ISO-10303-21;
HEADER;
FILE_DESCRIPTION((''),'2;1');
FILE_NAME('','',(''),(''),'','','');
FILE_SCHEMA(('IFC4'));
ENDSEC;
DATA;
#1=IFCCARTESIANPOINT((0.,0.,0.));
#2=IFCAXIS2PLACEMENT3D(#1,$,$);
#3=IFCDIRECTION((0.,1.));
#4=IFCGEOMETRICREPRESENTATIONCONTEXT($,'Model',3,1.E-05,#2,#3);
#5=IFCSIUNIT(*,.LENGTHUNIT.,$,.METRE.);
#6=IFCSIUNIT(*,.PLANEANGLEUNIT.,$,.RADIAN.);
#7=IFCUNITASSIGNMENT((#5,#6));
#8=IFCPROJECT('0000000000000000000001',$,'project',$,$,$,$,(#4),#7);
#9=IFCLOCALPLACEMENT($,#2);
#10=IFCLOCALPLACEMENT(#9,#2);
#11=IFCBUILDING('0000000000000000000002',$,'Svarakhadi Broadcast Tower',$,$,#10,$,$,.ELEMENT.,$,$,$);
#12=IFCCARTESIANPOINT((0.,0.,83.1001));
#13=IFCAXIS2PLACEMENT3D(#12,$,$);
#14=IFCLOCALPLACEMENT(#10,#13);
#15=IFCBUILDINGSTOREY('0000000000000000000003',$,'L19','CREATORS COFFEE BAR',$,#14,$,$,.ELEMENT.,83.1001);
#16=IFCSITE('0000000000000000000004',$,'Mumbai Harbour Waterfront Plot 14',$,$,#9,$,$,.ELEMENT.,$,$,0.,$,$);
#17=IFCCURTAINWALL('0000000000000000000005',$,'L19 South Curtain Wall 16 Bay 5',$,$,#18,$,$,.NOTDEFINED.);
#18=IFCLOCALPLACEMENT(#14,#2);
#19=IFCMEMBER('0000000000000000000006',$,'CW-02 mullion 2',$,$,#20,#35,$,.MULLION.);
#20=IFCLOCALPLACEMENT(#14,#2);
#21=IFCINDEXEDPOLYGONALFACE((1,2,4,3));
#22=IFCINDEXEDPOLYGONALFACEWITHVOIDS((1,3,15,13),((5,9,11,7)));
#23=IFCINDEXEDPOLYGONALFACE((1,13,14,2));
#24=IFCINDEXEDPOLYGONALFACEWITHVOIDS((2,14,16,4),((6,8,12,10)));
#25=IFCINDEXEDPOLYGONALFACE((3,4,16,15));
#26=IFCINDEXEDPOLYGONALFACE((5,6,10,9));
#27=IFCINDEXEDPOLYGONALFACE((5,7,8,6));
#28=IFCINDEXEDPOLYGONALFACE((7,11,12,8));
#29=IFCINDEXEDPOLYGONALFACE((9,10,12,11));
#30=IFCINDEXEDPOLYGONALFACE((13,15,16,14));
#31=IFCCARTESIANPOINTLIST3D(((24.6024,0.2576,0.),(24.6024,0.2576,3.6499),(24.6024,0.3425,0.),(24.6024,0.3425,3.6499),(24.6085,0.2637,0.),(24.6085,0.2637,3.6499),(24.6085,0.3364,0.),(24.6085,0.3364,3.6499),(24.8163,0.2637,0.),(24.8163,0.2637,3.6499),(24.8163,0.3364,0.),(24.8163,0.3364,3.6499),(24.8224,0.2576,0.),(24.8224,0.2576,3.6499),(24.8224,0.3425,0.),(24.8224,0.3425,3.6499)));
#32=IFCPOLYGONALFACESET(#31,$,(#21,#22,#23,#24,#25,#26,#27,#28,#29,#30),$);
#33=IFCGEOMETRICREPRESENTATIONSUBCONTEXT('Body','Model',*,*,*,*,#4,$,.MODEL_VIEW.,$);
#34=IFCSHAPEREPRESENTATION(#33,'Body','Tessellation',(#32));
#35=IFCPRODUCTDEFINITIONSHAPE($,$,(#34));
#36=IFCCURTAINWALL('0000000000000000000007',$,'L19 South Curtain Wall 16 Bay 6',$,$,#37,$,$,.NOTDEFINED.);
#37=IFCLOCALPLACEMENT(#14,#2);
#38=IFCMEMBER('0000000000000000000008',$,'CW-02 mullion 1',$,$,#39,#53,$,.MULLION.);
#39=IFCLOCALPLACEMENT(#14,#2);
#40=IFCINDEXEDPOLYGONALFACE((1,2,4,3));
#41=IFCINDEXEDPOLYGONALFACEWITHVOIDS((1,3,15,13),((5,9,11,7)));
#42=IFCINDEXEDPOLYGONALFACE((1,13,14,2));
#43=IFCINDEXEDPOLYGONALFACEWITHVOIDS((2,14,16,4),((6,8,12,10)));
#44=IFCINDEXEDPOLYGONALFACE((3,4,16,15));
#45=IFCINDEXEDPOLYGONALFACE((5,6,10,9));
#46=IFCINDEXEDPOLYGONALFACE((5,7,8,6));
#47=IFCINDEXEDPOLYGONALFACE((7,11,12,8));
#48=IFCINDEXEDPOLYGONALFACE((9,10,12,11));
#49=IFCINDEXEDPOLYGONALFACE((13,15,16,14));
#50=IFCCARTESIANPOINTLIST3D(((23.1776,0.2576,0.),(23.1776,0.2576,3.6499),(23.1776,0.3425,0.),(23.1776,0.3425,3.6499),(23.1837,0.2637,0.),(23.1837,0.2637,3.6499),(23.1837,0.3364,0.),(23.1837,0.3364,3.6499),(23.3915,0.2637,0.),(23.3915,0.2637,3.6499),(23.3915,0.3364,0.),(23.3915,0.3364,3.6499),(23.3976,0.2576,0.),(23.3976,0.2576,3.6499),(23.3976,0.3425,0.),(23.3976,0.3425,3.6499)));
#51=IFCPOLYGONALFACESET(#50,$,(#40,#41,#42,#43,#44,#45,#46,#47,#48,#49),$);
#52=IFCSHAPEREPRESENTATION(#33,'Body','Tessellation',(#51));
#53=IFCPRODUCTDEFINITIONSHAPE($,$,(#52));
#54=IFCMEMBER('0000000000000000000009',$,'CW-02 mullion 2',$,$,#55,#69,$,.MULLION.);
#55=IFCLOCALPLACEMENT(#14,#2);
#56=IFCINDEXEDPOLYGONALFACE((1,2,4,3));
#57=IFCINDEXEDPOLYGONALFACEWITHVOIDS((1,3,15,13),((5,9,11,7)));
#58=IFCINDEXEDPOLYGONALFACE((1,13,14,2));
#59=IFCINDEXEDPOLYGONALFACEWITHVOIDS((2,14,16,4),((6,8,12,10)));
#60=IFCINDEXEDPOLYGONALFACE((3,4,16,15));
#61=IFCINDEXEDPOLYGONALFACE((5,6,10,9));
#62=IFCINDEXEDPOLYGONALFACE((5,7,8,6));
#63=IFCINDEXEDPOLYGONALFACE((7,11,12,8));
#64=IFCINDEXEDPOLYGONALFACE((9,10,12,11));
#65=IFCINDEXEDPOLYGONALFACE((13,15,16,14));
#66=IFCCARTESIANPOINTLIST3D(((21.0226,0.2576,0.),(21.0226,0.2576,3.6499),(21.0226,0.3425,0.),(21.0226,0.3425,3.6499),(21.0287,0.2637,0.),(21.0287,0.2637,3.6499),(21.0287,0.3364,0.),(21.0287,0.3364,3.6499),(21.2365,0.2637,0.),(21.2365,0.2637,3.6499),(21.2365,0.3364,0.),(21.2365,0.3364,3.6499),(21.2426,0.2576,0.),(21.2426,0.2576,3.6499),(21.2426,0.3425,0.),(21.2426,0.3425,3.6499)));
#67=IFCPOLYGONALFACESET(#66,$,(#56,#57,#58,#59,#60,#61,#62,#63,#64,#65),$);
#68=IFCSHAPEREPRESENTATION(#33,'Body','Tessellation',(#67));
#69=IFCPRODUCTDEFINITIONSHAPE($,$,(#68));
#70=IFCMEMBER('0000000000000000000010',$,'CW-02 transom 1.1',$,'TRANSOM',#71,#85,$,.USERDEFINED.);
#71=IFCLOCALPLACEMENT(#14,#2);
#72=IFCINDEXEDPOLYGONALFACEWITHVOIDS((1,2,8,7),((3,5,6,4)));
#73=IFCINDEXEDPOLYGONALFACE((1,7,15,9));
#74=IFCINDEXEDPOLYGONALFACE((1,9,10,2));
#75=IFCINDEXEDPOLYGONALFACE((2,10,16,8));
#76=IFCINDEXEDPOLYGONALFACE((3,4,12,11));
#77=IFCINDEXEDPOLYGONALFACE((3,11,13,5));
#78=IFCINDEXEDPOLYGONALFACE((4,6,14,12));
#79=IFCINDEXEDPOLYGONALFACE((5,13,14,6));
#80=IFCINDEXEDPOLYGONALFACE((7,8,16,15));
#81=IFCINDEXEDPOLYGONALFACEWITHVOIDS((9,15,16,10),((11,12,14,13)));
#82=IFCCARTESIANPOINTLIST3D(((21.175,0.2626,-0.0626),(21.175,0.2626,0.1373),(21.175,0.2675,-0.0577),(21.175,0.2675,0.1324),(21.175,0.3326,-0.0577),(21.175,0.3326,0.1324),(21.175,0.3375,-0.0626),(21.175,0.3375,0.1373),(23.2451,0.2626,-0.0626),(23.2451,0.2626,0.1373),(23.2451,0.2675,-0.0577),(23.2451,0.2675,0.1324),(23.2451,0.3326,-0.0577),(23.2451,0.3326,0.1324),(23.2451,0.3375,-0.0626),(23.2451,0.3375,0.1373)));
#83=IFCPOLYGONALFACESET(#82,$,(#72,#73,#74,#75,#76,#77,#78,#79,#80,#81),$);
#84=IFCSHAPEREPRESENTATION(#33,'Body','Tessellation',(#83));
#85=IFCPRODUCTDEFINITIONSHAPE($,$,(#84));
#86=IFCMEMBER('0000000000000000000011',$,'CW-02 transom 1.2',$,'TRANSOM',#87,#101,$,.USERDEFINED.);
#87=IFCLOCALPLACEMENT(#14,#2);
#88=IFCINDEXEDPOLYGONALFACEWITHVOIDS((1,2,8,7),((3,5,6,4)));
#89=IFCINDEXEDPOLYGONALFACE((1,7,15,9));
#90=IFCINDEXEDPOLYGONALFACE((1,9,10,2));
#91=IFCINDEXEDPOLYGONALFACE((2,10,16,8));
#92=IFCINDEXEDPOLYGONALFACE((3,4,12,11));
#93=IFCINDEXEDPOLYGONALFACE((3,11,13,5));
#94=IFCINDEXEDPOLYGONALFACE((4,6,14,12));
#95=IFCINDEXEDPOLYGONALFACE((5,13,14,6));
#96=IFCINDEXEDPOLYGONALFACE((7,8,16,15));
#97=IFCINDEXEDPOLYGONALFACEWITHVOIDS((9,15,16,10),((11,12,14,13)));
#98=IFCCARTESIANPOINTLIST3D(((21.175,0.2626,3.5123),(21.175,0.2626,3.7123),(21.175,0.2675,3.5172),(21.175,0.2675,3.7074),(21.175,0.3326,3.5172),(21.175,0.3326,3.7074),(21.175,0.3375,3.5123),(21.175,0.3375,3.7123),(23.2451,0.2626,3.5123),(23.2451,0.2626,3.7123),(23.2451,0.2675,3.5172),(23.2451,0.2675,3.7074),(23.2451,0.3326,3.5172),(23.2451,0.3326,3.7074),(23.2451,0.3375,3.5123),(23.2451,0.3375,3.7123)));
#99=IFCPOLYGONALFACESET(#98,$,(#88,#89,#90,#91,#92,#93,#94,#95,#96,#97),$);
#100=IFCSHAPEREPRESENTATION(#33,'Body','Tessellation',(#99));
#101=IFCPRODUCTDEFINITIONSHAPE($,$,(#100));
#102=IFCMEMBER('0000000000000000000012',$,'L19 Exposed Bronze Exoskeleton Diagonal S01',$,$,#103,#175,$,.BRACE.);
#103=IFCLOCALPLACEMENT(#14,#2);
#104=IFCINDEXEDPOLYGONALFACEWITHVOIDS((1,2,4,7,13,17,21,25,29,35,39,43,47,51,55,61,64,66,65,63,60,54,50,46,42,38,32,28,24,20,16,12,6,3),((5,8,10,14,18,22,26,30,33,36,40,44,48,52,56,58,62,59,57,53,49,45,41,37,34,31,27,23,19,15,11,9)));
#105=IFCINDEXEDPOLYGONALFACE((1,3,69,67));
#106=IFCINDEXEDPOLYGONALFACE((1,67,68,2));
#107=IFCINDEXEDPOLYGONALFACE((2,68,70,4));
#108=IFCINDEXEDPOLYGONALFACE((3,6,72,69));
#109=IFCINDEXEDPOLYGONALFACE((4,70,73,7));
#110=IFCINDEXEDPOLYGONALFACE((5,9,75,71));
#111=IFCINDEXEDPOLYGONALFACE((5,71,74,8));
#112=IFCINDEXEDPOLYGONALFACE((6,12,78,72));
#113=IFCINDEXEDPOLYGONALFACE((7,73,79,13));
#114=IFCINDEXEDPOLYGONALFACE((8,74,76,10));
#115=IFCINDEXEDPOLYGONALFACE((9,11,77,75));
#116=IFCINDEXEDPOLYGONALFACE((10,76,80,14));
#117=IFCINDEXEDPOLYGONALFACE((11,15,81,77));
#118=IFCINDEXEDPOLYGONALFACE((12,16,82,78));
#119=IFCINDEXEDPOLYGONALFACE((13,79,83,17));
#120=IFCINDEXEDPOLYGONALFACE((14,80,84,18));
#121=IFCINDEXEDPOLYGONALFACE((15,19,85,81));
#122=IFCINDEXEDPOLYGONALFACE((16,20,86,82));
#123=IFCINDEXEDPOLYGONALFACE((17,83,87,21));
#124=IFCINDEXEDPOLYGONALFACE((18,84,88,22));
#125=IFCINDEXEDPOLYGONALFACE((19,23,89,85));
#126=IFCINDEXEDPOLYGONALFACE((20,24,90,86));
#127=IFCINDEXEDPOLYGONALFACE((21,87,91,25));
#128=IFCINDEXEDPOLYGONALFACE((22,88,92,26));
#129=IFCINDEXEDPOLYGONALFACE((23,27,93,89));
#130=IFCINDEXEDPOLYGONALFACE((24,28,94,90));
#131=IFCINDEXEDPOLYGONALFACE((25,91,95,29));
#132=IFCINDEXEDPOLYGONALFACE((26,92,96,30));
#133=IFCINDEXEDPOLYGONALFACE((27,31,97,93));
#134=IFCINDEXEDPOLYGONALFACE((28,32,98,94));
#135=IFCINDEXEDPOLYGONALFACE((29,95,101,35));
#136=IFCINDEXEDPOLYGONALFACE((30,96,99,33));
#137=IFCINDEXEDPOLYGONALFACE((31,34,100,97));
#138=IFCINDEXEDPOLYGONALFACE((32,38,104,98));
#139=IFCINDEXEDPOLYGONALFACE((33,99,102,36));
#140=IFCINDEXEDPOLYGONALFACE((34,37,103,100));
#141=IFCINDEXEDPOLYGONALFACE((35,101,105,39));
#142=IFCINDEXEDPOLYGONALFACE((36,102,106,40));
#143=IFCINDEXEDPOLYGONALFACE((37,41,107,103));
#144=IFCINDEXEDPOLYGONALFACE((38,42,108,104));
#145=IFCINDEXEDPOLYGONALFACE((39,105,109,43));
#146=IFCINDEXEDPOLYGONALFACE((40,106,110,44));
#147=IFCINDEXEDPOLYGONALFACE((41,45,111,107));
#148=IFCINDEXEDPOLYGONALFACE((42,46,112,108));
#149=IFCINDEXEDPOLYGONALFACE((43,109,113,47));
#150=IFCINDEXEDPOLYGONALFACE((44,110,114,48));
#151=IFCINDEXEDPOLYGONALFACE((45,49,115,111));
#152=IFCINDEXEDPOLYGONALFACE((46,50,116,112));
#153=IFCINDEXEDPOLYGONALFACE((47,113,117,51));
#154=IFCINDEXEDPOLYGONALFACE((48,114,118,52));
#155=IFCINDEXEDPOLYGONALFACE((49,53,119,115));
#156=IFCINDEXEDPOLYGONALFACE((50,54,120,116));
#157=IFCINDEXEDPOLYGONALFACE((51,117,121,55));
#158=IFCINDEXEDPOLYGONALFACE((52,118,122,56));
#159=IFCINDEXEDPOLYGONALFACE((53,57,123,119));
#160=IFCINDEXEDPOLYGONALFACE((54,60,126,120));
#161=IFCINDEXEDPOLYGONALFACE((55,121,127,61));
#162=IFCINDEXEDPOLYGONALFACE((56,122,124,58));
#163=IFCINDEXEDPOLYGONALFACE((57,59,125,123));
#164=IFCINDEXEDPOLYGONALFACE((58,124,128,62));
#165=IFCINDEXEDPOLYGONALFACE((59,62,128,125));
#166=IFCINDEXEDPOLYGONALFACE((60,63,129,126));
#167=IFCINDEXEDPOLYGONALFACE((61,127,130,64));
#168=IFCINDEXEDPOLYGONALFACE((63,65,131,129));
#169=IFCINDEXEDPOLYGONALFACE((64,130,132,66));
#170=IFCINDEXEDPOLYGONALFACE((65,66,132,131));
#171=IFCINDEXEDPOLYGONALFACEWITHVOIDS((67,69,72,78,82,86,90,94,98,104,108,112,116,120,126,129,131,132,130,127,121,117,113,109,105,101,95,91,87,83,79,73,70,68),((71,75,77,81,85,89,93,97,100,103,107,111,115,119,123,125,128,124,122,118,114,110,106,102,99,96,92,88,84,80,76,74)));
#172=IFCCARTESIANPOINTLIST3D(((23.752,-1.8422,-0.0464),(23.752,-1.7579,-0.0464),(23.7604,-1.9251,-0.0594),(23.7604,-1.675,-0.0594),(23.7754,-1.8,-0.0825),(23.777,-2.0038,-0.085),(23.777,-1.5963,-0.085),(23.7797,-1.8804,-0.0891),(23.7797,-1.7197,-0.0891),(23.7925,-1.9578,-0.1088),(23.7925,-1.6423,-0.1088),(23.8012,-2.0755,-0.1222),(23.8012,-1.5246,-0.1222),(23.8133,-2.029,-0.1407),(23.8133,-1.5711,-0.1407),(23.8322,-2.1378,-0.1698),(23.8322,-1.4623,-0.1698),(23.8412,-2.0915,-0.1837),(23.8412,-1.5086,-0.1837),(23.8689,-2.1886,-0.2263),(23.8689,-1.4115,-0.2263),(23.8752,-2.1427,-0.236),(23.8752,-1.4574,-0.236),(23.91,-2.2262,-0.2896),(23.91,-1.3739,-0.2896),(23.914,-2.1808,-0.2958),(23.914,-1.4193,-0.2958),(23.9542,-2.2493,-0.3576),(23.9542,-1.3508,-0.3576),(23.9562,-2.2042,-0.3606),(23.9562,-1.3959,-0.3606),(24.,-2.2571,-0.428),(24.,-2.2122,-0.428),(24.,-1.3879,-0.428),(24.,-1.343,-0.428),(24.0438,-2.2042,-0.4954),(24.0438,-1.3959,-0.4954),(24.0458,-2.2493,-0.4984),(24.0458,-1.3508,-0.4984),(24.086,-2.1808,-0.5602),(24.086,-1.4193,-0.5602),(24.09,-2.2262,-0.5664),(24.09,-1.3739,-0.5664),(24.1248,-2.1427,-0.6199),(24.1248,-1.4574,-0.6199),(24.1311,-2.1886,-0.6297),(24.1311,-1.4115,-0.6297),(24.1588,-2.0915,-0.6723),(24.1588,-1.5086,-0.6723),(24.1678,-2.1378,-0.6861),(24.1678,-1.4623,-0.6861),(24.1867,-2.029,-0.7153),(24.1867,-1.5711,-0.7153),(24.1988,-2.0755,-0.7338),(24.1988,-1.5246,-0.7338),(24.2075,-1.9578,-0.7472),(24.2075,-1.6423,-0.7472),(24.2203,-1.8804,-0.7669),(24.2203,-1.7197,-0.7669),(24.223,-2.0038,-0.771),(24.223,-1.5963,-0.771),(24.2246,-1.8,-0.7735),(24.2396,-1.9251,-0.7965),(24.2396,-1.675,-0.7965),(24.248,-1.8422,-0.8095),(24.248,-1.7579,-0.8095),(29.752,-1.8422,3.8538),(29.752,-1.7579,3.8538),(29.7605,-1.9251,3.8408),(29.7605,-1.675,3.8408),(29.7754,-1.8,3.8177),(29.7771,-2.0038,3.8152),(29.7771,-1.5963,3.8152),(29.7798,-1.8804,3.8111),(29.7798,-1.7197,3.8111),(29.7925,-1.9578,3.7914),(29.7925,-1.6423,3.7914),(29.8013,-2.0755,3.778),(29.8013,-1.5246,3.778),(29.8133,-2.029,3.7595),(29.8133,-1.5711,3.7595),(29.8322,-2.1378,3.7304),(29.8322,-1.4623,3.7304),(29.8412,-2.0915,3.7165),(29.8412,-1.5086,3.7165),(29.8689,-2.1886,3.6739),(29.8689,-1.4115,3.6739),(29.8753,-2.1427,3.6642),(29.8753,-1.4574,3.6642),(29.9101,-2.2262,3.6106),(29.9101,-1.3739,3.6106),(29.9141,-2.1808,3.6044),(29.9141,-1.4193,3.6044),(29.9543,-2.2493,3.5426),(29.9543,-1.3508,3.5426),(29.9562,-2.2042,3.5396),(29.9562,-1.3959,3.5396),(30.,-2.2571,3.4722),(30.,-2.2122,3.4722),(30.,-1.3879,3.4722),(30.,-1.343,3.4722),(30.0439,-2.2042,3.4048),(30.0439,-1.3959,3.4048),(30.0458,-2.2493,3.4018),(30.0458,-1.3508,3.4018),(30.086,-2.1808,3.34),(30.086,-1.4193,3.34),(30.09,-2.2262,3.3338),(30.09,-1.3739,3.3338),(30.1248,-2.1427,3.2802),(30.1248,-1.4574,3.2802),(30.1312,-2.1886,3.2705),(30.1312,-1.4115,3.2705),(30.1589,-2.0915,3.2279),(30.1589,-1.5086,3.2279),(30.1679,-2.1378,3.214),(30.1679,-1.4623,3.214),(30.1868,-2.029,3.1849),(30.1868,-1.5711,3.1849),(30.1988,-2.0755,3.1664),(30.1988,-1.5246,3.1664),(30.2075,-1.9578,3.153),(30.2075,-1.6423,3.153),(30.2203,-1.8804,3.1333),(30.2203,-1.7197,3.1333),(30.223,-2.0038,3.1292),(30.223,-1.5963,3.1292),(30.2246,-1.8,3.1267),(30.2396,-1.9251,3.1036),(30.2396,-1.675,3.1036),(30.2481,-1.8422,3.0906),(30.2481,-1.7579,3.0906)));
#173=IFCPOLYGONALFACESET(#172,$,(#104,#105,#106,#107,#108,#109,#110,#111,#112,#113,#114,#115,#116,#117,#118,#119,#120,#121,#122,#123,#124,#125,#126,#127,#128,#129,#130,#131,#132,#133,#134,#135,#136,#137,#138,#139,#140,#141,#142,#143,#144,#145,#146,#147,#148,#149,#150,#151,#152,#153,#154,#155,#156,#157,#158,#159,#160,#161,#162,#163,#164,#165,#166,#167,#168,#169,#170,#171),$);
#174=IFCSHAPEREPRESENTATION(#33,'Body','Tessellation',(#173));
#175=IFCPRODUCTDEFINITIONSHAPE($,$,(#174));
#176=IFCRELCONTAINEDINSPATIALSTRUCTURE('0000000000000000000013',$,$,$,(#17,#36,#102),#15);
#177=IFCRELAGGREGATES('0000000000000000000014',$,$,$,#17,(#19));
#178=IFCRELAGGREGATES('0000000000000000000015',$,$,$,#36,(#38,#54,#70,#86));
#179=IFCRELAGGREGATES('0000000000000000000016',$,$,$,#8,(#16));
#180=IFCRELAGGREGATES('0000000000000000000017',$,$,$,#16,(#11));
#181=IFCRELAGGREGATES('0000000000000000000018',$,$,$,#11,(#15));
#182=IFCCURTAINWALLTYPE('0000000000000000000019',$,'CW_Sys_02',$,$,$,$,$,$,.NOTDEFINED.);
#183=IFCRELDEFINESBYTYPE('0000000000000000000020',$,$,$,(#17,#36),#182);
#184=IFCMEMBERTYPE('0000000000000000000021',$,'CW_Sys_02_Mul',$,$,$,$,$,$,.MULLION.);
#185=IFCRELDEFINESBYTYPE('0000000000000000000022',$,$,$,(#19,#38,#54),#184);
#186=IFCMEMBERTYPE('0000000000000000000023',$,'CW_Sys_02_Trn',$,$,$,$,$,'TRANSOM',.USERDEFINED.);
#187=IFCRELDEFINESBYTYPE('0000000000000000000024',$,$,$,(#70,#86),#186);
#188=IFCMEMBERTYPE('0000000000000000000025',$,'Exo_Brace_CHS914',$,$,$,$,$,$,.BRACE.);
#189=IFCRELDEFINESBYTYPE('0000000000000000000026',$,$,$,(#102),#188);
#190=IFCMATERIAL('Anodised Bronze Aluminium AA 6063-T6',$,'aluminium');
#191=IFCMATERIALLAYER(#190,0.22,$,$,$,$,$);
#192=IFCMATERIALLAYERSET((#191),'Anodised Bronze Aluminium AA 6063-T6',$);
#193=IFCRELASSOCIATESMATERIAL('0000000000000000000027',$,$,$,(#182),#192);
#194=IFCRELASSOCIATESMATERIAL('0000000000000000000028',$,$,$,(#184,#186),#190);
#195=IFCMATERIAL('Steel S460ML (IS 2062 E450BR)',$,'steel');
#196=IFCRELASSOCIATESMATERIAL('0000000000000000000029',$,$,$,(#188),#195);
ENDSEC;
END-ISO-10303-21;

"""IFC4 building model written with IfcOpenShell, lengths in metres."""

from ifc_helpers import new_model, si_unit, direction, frame, origin, origin_2d, place, context, subcontext, project, spatial, hollow_rectangle, hollow_circle, extrude, material, layer, layer_set, material_profile, profile_set, type_object, element, aggregate, save


model = new_model("IFC4")

# Units and contexts
model_context = context("Model", 3, precision=1e-05, world=origin(), true_north=direction((0.0, 1.0)))
body_context = subcontext(model_context, "Body", "Model", "MODEL_VIEW")
ifc_project = project(units=[si_unit("LENGTHUNIT", "METRE"), si_unit("PLANEANGLEUNIT", "RADIAN")], contexts=[model_context])

# Site, building, storey
site_placement = place(None, origin())
site = spatial("IfcSite", under=ifc_project, at=site_placement, Name="Mumbai Harbour Waterfront Plot 14", CompositionType="ELEMENT", RefElevation=0.0)
building_placement = place(site_placement, origin())
building = spatial("IfcBuilding", under=site, at=building_placement, Name="Svarakhadi Broadcast Tower", CompositionType="ELEMENT")
storey_placement = place(building_placement, frame((0.0, 0.0, 83.1001)))
storey = spatial("IfcBuildingStorey", under=building, at=storey_placement, Name="L19", Description="CREATORS COFFEE BAR", CompositionType="ELEMENT", Elevation=83.1001)

# Curtain wall, member
ifc_material_1 = material(Name="Anodised Bronze Aluminium AA 6063-T6", Category="aluminium")
ifc_layer_1 = layer(ifc_material_1, 0.22)
ifc_layer_set_1 = layer_set([ifc_layer_1], Name="Anodised Bronze Aluminium AA 6063-T6")
curtain_wall_type = type_object("IfcCurtainWallType", Name="CW_Sys_02", PredefinedType="NOTDEFINED", material=ifc_layer_set_1)
curtain_wall_1_placement = place(storey_placement, origin())
curtain_wall_1 = element("IfcCurtainWall", 1, at=curtain_wall_1_placement, inside=storey, type_object=curtain_wall_type, Name="L19 South Curtain Wall 16 Bay 5", PredefinedType="NOTDEFINED")
ifc_material_profile_1 = material_profile(ifc_material_1, hollow_rectangle(XDim=0.085, YDim=0.22, WallThickness=0.0061, at=origin_2d()), Name="ALU MULLION 220x85x6")
ifc_profile_set_1 = profile_set([ifc_material_profile_1], Name="Anodised Bronze Aluminium AA 6063-T6")
member_type_1 = type_object("IfcMemberType", Name="CW_Sys_02_Mul", PredefinedType="MULLION", material=ifc_profile_set_1)
member_1_placement = place(storey_placement, frame((24.7124, 0.3, 0.0), z_axis=(0.0, 0.0, 1.0), x_axis=(0.0, -1.0, 0.0)))
member_1 = element("IfcMember", 2, at=member_1_placement, type_object=member_type_1, Name="CW-02 mullion 2", PredefinedType="MULLION", context=body_context, shape_type="SweptSolid", body=[
    extrude(hollow_rectangle(XDim=0.085, YDim=0.22, WallThickness=0.0061, at=origin_2d()), origin(), (0.0, 0.0, 1.0), 3.6499),
])

# Curtain wall, members
curtain_wall_2_placement = place(storey_placement, origin())
curtain_wall_2 = element("IfcCurtainWall", 3, at=curtain_wall_2_placement, inside=storey, type_object=curtain_wall_type, Name="L19 South Curtain Wall 16 Bay 6", PredefinedType="NOTDEFINED")
member_2_placement = place(storey_placement, frame((23.2876, 0.3, 0.0), z_axis=(0.0, 0.0, 1.0), x_axis=(0.0, -1.0, 0.0)))
member_2 = element("IfcMember", 4, at=member_2_placement, type_object=member_type_1, Name="CW-02 mullion 1", PredefinedType="MULLION", context=body_context, shape_type="SweptSolid", body=[
    extrude(hollow_rectangle(XDim=0.085, YDim=0.22, WallThickness=0.0061, at=origin_2d()), origin(), (0.0, 0.0, 1.0), 3.6499),
])
member_3_placement = place(storey_placement, frame((21.1326, 0.3, 0.0), z_axis=(0.0, 0.0, 1.0), x_axis=(0.0, -1.0, 0.0)))
member_3 = element("IfcMember", 5, at=member_3_placement, type_object=member_type_1, Name="CW-02 mullion 2", PredefinedType="MULLION", context=body_context, shape_type="SweptSolid", body=[
    extrude(hollow_rectangle(XDim=0.085, YDim=0.22, WallThickness=0.0061, at=origin_2d()), origin(), (0.0, 0.0, 1.0), 3.6499),
])
ifc_material_profile_2 = material_profile(ifc_material_1, hollow_rectangle(XDim=0.075, YDim=0.2, WallThickness=0.0049, at=origin_2d()), Name="ALU TRANSOM 200x75x5")
ifc_profile_set_2 = profile_set([ifc_material_profile_2], Name="Anodised Bronze Aluminium AA 6063-T6")
member_type_2 = type_object("IfcMemberType", Name="CW_Sys_02_Trn", ElementType="TRANSOM", PredefinedType="USERDEFINED", material=ifc_profile_set_2)
member_4_placement = place(storey_placement, frame((23.2451, 0.3, 0.0374), z_axis=(-1.0, 0.0, 0.0), x_axis=(0.0, -1.0, 0.0)))
member_4 = element("IfcMember", 6, at=member_4_placement, type_object=member_type_2, Name="CW-02 transom 1.1", ObjectType="TRANSOM", PredefinedType="USERDEFINED", context=body_context, shape_type="SweptSolid", body=[
    extrude(hollow_rectangle(XDim=0.075, YDim=0.2, WallThickness=0.0049, at=origin_2d()), origin(), (0.0, 0.0, 1.0), 2.0701),
])
member_5_placement = place(storey_placement, frame((23.2451, 0.3, 3.6123), z_axis=(-1.0, 0.0, 0.0), x_axis=(0.0, -1.0, 0.0)))
member_5 = element("IfcMember", 7, at=member_5_placement, type_object=member_type_2, Name="CW-02 transom 1.2", ObjectType="TRANSOM", PredefinedType="USERDEFINED", context=body_context, shape_type="SweptSolid", body=[
    extrude(hollow_rectangle(XDim=0.075, YDim=0.2, WallThickness=0.0049, at=origin_2d()), origin(), (0.0, 0.0, 1.0), 2.0701),
])

# Member
ifc_material_2 = material(Name="Steel S460ML (IS 2062 E450BR)", Category="steel")
ifc_material_profile_3 = material_profile(ifc_material_2, hollow_circle(Radius=0.457, WallThickness=0.0449, at=origin_2d()), Name="CHS 914x45")
ifc_profile_set_3 = profile_set([ifc_material_profile_3], Name="Steel S460ML (IS 2062 E450BR)")
member_type_3 = type_object("IfcMemberType", Name="Exo_Brace_CHS914", PredefinedType="BRACE", material=ifc_profile_set_3)
member_6_placement = place(storey_placement, frame((24.0, -1.8, -0.428), z_axis=(0.838434, 0.0, 0.545003), x_axis=(0.0, 1.0, 0.0)))
element("IfcMember", 8, at=member_6_placement, inside=storey, type_object=member_type_3, Name="L19 Exposed Bronze Exoskeleton Diagonal S01", PredefinedType="BRACE", context=body_context, shape_type="SweptSolid", body=[
    extrude(hollow_circle(Radius=0.457, WallThickness=0.0449, at=origin_2d()), origin(), (0.0, 0.0, 1.0), 7.1562),
])

aggregate(curtain_wall_1, [member_1])
aggregate(curtain_wall_2, [member_2, member_3, member_4, member_5])

save(model, "model.ifc")
